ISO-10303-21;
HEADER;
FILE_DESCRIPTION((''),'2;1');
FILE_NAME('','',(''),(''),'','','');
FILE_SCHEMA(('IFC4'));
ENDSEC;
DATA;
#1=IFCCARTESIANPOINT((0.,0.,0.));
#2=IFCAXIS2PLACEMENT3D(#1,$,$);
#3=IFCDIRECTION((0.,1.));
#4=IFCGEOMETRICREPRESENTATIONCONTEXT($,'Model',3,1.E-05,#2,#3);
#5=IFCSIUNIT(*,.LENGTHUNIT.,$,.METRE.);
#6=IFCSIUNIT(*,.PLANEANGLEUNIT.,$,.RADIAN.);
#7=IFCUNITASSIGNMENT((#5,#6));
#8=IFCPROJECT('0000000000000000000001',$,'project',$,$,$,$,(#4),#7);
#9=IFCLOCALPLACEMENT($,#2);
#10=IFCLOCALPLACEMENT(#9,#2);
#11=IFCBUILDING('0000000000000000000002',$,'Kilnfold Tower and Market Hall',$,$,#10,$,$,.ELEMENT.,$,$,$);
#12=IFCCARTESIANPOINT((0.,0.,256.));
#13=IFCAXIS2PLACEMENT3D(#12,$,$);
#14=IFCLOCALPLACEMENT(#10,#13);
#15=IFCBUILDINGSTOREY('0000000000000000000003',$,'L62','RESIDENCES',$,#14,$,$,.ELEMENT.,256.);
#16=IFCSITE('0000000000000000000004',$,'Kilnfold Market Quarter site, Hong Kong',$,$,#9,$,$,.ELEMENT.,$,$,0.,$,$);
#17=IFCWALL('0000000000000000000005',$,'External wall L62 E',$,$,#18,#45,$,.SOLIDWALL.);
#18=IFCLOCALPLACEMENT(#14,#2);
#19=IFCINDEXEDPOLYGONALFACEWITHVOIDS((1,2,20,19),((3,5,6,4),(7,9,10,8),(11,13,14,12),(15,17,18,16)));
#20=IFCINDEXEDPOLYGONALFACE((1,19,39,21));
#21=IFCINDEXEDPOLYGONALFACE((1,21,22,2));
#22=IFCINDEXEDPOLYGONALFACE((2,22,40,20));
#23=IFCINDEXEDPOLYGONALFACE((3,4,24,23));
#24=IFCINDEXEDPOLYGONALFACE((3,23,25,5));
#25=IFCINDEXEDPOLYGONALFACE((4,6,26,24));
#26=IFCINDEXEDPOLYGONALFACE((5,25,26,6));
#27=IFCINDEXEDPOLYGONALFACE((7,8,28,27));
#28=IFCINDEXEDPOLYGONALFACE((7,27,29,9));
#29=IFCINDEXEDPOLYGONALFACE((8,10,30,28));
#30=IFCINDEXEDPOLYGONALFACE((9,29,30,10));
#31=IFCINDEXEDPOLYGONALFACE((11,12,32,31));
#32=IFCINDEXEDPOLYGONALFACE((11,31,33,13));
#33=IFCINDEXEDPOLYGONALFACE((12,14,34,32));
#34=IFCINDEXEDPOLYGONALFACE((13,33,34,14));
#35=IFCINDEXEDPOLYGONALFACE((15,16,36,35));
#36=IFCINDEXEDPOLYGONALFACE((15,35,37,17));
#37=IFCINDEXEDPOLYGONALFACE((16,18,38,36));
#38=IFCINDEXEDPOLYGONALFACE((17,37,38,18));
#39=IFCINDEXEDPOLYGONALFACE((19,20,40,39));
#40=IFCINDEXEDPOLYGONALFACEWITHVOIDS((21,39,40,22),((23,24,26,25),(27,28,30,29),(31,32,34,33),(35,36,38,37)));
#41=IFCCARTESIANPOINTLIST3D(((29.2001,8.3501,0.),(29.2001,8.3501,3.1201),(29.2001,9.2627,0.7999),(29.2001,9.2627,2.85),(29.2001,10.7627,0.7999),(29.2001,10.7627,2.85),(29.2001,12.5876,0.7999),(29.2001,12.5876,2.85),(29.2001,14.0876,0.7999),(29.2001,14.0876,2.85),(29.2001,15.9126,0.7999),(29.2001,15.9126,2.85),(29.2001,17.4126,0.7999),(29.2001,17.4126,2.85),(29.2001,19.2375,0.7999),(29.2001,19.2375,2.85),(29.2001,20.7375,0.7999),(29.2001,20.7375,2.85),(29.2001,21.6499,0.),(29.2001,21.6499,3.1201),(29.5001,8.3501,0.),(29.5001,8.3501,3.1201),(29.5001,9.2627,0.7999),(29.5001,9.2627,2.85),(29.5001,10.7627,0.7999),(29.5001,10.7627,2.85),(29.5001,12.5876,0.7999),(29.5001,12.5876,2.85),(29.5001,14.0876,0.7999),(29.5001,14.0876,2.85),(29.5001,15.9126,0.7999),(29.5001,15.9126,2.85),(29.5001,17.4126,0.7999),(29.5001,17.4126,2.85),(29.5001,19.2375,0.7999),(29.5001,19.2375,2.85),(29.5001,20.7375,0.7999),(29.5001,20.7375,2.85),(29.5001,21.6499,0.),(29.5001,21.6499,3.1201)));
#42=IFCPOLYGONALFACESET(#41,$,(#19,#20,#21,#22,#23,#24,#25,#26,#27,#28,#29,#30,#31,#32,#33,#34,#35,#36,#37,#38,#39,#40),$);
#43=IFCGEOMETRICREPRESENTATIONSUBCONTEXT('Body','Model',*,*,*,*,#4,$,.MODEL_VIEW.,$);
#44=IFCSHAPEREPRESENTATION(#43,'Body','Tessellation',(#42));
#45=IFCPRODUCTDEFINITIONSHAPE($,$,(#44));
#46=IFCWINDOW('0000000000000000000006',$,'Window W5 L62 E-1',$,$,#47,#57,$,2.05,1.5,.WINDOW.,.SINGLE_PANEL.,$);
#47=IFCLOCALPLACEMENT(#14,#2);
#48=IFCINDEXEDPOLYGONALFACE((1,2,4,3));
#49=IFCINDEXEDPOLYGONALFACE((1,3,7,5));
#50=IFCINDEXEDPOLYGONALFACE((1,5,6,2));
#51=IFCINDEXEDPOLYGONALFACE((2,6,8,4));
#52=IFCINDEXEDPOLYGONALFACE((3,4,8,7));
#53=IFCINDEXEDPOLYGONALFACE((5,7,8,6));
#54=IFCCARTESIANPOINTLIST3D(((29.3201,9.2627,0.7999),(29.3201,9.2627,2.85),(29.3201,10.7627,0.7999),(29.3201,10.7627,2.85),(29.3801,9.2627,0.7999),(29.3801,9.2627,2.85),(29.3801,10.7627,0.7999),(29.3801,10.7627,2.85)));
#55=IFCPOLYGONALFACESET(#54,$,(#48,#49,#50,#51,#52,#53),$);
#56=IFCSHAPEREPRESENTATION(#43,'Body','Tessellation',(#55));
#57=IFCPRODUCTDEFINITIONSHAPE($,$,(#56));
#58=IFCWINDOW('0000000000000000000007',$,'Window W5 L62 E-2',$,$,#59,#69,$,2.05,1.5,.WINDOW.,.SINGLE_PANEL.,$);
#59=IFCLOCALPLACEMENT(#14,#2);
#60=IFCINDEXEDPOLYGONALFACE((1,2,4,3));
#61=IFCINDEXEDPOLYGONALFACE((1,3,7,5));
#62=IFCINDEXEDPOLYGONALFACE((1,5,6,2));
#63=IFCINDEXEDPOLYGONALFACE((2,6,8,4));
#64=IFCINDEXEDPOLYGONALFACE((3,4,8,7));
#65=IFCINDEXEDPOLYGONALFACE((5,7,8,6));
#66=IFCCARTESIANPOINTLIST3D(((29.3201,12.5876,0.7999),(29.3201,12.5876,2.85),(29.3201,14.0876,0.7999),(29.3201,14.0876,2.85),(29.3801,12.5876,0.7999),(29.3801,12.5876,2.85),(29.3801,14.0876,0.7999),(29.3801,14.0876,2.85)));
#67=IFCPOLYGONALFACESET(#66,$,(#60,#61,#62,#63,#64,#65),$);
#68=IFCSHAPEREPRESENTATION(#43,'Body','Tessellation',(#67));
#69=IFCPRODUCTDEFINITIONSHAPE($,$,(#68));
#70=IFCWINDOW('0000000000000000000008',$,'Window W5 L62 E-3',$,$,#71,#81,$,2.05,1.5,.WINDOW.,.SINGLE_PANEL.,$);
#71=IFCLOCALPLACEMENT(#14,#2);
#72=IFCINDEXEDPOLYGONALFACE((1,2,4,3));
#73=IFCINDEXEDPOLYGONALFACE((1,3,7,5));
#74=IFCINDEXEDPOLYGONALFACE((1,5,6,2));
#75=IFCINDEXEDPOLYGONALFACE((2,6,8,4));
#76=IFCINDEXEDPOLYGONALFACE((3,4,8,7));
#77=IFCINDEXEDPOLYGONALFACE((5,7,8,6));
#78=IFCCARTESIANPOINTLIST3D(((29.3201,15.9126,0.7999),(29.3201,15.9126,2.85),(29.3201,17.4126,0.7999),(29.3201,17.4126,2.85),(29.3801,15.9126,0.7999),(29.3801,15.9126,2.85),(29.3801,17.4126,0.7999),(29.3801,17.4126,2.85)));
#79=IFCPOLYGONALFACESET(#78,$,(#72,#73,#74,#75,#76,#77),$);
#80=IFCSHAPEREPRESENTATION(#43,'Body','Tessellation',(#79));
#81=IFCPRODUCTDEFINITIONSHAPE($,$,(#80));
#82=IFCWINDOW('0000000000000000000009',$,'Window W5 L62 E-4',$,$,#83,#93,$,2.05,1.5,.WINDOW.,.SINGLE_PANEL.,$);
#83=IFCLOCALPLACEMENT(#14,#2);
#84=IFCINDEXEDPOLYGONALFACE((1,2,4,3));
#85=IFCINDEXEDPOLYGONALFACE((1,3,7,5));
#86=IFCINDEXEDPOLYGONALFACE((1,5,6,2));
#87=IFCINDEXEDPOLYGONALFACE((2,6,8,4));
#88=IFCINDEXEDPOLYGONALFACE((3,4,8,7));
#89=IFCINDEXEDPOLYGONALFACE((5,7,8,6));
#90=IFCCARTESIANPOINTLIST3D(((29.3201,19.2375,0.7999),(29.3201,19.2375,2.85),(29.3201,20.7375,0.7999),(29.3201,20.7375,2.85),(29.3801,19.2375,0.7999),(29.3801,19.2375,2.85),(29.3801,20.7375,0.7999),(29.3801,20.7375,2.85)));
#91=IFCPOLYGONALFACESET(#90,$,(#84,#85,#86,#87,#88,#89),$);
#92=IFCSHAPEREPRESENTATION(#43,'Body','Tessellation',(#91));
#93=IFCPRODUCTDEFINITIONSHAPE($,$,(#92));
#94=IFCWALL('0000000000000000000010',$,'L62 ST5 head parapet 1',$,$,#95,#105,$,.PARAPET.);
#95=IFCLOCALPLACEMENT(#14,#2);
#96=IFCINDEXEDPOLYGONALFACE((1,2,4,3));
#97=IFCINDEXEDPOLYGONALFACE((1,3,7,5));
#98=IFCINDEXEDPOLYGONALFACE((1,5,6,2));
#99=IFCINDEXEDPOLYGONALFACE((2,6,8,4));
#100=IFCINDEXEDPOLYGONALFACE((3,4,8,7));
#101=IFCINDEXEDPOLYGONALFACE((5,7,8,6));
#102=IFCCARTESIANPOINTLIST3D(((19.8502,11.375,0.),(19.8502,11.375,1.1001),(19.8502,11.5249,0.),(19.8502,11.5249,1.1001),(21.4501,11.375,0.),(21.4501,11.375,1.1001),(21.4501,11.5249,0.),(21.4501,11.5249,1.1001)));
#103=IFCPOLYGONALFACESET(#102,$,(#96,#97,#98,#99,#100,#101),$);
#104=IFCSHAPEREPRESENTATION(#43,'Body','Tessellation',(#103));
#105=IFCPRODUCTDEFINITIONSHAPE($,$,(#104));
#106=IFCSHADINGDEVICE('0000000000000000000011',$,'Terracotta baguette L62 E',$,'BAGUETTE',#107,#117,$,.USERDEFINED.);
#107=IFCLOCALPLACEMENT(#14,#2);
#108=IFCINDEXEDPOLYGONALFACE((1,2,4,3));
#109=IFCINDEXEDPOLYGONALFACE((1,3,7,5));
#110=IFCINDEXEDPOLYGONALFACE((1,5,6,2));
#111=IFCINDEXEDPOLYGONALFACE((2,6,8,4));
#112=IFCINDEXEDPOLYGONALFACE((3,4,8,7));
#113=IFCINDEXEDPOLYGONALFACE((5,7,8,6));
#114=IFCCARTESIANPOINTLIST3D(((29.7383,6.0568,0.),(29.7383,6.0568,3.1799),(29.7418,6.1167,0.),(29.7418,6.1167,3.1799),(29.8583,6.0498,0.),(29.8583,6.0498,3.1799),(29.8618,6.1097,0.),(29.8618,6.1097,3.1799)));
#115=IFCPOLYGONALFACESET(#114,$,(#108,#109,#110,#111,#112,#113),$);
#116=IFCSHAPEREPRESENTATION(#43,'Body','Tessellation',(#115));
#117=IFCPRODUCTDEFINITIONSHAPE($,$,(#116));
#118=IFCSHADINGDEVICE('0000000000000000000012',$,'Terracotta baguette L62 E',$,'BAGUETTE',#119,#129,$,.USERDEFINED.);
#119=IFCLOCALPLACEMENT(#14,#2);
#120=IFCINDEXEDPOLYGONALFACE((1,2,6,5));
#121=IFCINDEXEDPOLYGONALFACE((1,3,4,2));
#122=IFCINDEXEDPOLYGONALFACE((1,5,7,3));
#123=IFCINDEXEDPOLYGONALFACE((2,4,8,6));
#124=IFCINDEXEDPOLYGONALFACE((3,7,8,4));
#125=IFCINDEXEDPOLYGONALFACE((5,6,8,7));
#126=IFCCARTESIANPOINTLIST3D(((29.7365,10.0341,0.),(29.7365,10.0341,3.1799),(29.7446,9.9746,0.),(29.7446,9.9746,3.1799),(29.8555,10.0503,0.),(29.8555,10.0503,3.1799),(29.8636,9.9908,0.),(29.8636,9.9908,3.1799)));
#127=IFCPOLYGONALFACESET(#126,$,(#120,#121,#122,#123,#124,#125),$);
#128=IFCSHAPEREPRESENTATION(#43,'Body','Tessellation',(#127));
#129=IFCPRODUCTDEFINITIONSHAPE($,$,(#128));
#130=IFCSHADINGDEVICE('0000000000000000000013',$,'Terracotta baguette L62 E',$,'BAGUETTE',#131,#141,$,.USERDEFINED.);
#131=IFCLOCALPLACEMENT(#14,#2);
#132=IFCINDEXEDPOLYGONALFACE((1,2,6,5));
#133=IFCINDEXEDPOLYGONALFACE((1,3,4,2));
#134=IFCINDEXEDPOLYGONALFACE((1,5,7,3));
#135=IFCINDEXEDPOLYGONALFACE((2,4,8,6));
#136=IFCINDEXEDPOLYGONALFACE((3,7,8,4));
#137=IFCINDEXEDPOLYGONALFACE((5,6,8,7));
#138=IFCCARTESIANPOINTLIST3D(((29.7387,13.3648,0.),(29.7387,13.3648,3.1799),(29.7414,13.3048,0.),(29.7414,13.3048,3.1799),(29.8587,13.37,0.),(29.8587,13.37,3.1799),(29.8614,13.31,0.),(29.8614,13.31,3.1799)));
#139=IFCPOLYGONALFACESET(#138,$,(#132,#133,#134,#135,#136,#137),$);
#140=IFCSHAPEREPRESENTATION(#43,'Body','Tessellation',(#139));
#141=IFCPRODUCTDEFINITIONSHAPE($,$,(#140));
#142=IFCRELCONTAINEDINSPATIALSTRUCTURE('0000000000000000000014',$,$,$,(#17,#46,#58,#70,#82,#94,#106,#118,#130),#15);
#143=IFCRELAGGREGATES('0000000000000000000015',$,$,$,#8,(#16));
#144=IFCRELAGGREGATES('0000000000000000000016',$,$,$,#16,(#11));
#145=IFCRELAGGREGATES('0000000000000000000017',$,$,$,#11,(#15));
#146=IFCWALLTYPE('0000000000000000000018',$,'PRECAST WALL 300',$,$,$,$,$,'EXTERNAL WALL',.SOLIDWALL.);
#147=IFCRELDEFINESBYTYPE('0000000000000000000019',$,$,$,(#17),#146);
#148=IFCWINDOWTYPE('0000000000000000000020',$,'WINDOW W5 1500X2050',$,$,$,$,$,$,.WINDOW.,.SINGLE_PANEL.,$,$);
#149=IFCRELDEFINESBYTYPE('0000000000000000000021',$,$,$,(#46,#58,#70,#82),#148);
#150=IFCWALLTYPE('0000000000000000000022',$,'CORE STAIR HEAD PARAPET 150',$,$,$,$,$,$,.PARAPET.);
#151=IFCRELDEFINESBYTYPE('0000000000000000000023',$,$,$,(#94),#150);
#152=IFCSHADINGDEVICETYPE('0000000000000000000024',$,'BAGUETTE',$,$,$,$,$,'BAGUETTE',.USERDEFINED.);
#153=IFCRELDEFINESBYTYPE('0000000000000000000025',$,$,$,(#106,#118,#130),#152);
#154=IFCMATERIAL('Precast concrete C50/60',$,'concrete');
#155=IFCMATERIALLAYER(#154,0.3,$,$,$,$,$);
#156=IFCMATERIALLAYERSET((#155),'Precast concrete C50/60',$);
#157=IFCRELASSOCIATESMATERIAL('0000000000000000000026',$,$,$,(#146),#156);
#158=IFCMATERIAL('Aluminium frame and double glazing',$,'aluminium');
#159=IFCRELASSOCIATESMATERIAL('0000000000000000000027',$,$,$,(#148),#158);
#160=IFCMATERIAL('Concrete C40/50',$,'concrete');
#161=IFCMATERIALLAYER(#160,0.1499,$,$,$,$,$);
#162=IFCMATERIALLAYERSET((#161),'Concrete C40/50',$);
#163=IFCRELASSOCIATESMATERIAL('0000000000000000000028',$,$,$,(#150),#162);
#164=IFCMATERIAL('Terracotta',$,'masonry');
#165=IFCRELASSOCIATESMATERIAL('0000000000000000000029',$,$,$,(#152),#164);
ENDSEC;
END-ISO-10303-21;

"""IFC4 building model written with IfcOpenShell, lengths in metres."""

from ifc_helpers import new_model, si_unit, direction, frame, frame_2d, origin, origin_2d, place, context, subcontext, project, spatial, rectangle, extrude, source, transform, mapped, material, layer, layer_set, material_profile, profile_set, type_object, element, fill, save


model = new_model("IFC4")

# Units and contexts
model_context = context("Model", 3, precision=1e-05, world=origin(), true_north=direction((0.0, 1.0)))
body_context = subcontext(model_context, "Body", "Model", "MODEL_VIEW")
ifc_project = project(units=[si_unit("LENGTHUNIT", "METRE"), si_unit("PLANEANGLEUNIT", "RADIAN")], contexts=[model_context])

# Site, building, storey
site_placement = place(None, origin())
site = spatial("IfcSite", under=ifc_project, at=site_placement, Name="Kilnfold Market Quarter site, Hong Kong", CompositionType="ELEMENT", RefElevation=0.0)
building_placement = place(site_placement, origin())
building = spatial("IfcBuilding", under=site, at=building_placement, Name="Kilnfold Tower and Market Hall", CompositionType="ELEMENT")
storey_placement = place(building_placement, frame((0.0, 0.0, 256.0)))
storey = spatial("IfcBuildingStorey", under=building, at=storey_placement, Name="L62", Description="RESIDENCES", CompositionType="ELEMENT", Elevation=256.0)

# Wall, openings, windows
ifc_material_1 = material(Name="Precast concrete C50/60", Category="concrete")
ifc_layer_1 = layer(ifc_material_1, 0.3)
ifc_layer_set_1 = layer_set([ifc_layer_1], Name="Precast concrete C50/60")
wall_type_1 = type_object("IfcWallType", Name="PRECAST WALL 300", ElementType="EXTERNAL WALL", PredefinedType="SOLIDWALL", material=ifc_layer_set_1)
shared_shape_1 = source(origin(), body_context, "Body", "SweptSolid", [
    extrude(rectangle(XDim=13.2998, YDim=0.3, at=frame_2d((6.6499, 0.0))), origin(), (0.0, 0.0, 1.0), 3.1201),
])
wall_1_placement = place(storey_placement, frame((29.3501, 8.3501, 0.0), z_axis=(0.0, 0.0, 1.0), x_axis=(0.0, 1.0, 0.0)))
wall_1 = element("IfcWall", 1, at=wall_1_placement, inside=storey, type_object=wall_type_1, Name="External wall L62 E", PredefinedType="SOLIDWALL", context=body_context, shape_type="MappedRepresentation", body=[
    mapped(shared_shape_1, transform((0.0, 0.0, 0.0))),
])
opening_1_placement = place(wall_1_placement, frame((0.9126, 0.0, 0.8)))
opening_1 = element("IfcOpeningElement", 2, at=opening_1_placement, cuts=wall_1, PredefinedType="OPENING", context=body_context, shape_type="SweptSolid", body=[
    extrude(rectangle(XDim=1.5, YDim=2.05, at=frame_2d((0.75, 1.0249))), frame((0.0, 0.1602, 0.0), z_axis=(0.0, -1.0, 0.0), x_axis=(1.0, 0.0, 0.0)), (0.0, 0.0, 1.0), 0.3201),
])
opening_2_placement = place(wall_1_placement, frame((4.2375, 0.0, 0.8)))
opening_2 = element("IfcOpeningElement", 3, at=opening_2_placement, cuts=wall_1, PredefinedType="OPENING", context=body_context, shape_type="SweptSolid", body=[
    extrude(rectangle(XDim=1.5, YDim=2.05, at=frame_2d((0.75, 1.0249))), frame((0.0, 0.1602, 0.0), z_axis=(0.0, -1.0, 0.0), x_axis=(1.0, 0.0, 0.0)), (0.0, 0.0, 1.0), 0.3201),
])
opening_3_placement = place(wall_1_placement, frame((7.5625, 0.0, 0.8)))
opening_3 = element("IfcOpeningElement", 4, at=opening_3_placement, cuts=wall_1, PredefinedType="OPENING", context=body_context, shape_type="SweptSolid", body=[
    extrude(rectangle(XDim=1.5, YDim=2.05, at=frame_2d((0.75, 1.0249))), frame((0.0, 0.1602, 0.0), z_axis=(0.0, -1.0, 0.0), x_axis=(1.0, 0.0, 0.0)), (0.0, 0.0, 1.0), 0.3201),
])
opening_4_placement = place(wall_1_placement, frame((10.8875, 0.0, 0.8)))
opening_4 = element("IfcOpeningElement", 5, at=opening_4_placement, cuts=wall_1, PredefinedType="OPENING", context=body_context, shape_type="SweptSolid", body=[
    extrude(rectangle(XDim=1.5, YDim=2.05, at=frame_2d((0.75, 1.0249))), frame((0.0, 0.1602, 0.0), z_axis=(0.0, -1.0, 0.0), x_axis=(1.0, 0.0, 0.0)), (0.0, 0.0, 1.0), 0.3201),
])
ifc_material_2 = material(Name="Aluminium frame and double glazing", Category="aluminium")
window_type = type_object("IfcWindowType", Name="WINDOW W5 1500X2050", PartitioningType="SINGLE_PANEL", PredefinedType="WINDOW", material=ifc_material_2)
window_1_placement = place(opening_1_placement, origin())
window_1 = element("IfcWindow", 6, at=window_1_placement, inside=storey, type_object=window_type, Name="Window W5 L62 E-1", OverallHeight=2.05, OverallWidth=1.5, PartitioningType="SINGLE_PANEL", PredefinedType="WINDOW", context=body_context, shape_type="SweptSolid", body=[
    extrude(rectangle(XDim=1.5, YDim=2.05, at=frame_2d((0.75, 1.0249))), frame((0.0, 0.03, 0.0), z_axis=(0.0, -1.0, 0.0), x_axis=(1.0, 0.0, 0.0)), (0.0, 0.0, 1.0), 0.0601),
])
fill(opening_1, window_1)
window_2_placement = place(opening_2_placement, origin())
window_2 = element("IfcWindow", 7, at=window_2_placement, inside=storey, type_object=window_type, Name="Window W5 L62 E-2", OverallHeight=2.05, OverallWidth=1.5, PartitioningType="SINGLE_PANEL", PredefinedType="WINDOW", context=body_context, shape_type="SweptSolid", body=[
    extrude(rectangle(XDim=1.5, YDim=2.05, at=frame_2d((0.75, 1.0249))), frame((0.0, 0.03, 0.0), z_axis=(0.0, -1.0, 0.0), x_axis=(1.0, 0.0, 0.0)), (0.0, 0.0, 1.0), 0.0601),
])
fill(opening_2, window_2)
window_3_placement = place(opening_3_placement, origin())
window_3 = element("IfcWindow", 8, at=window_3_placement, inside=storey, type_object=window_type, Name="Window W5 L62 E-3", OverallHeight=2.05, OverallWidth=1.5, PartitioningType="SINGLE_PANEL", PredefinedType="WINDOW", context=body_context, shape_type="SweptSolid", body=[
    extrude(rectangle(XDim=1.5, YDim=2.05, at=frame_2d((0.75, 1.0249))), frame((0.0, 0.03, 0.0), z_axis=(0.0, -1.0, 0.0), x_axis=(1.0, 0.0, 0.0)), (0.0, 0.0, 1.0), 0.0601),
])
fill(opening_3, window_3)
window_4_placement = place(opening_4_placement, origin())
window_4 = element("IfcWindow", 9, at=window_4_placement, inside=storey, type_object=window_type, Name="Window W5 L62 E-4", OverallHeight=2.05, OverallWidth=1.5, PartitioningType="SINGLE_PANEL", PredefinedType="WINDOW", context=body_context, shape_type="SweptSolid", body=[
    extrude(rectangle(XDim=1.5, YDim=2.05, at=frame_2d((0.75, 1.0249))), frame((0.0, 0.03, 0.0), z_axis=(0.0, -1.0, 0.0), x_axis=(1.0, 0.0, 0.0)), (0.0, 0.0, 1.0), 0.0601),
])
fill(opening_4, window_4)

# Wall
ifc_material_3 = material(Name="Concrete C40/50", Category="concrete")
ifc_layer_2 = layer(ifc_material_3, 0.1499)
ifc_layer_set_2 = layer_set([ifc_layer_2], Name="Concrete C40/50")
wall_type_2 = type_object("IfcWallType", Name="CORE STAIR HEAD PARAPET 150", PredefinedType="PARAPET", material=ifc_layer_set_2)
shared_shape_2 = source(origin(), body_context, "Body", "SweptSolid", [
    extrude(rectangle(XDim=1.5999, YDim=0.1499, at=frame_2d((0.7998, 0.0))), origin(), (0.0, 0.0, 1.0), 1.1001),
])
wall_2_placement = place(storey_placement, frame((21.45, 11.45, 0.0), z_axis=(0.0, 0.0, 1.0), x_axis=(-1.0, 0.0, 0.0)))
element("IfcWall", 10, at=wall_2_placement, inside=storey, type_object=wall_type_2, Name="L62 ST5 head parapet 1", PredefinedType="PARAPET", context=body_context, shape_type="MappedRepresentation", body=[
    mapped(shared_shape_2, transform((0.0, 0.0, 0.0))),
])

# Shading devices
ifc_material_4 = material(Name="Terracotta", Category="masonry")
ifc_material_profile_1 = material_profile(ifc_material_4, rectangle(XDim=0.0601, YDim=0.1201, at=origin_2d()), Name="BAG 60x120")
ifc_profile_set_1 = profile_set([ifc_material_profile_1], Name="Terracotta")
shading_device_type = type_object("IfcShadingDeviceType", Name="BAGUETTE", ElementType="BAGUETTE", PredefinedType="USERDEFINED", material=ifc_profile_set_1)
shared_shape_3 = source(origin(), body_context, "Body", "SweptSolid", [
    extrude(rectangle(XDim=0.0601, YDim=0.1201, at=origin_2d()), origin(), (0.0, 0.0, 1.0), 3.1799),
])
for number, where, z_axis, x_axis, name in (
    (11, (29.8, 6.0833, 0.0), (0.0, 0.0, 1.0), (0.058221, 0.998304, 0.0), "Terracotta baguette L62 E"),
    (12, (29.8, 10.0125, 0.0), (0.0, 0.0, 1.0), (-0.135283, 0.990807, 0.0), "Terracotta baguette L62 E"),
    (13, (29.8, 13.3374, 0.0), (0.0, 0.0, 1.0), (-0.043417, 0.999057, 0.0), "Terracotta baguette L62 E"),
):
    element("IfcShadingDevice", number, at=place(storey_placement, frame(where, z_axis=z_axis, x_axis=x_axis)), inside=storey, type_object=shading_device_type, Name=name, ObjectType="BAGUETTE", PredefinedType="USERDEFINED", context=body_context, shape_type="MappedRepresentation", body=[
        mapped(shared_shape_3, transform((0.0, 0.0, 0.0))),
    ])

save(model, "model.ifc")
